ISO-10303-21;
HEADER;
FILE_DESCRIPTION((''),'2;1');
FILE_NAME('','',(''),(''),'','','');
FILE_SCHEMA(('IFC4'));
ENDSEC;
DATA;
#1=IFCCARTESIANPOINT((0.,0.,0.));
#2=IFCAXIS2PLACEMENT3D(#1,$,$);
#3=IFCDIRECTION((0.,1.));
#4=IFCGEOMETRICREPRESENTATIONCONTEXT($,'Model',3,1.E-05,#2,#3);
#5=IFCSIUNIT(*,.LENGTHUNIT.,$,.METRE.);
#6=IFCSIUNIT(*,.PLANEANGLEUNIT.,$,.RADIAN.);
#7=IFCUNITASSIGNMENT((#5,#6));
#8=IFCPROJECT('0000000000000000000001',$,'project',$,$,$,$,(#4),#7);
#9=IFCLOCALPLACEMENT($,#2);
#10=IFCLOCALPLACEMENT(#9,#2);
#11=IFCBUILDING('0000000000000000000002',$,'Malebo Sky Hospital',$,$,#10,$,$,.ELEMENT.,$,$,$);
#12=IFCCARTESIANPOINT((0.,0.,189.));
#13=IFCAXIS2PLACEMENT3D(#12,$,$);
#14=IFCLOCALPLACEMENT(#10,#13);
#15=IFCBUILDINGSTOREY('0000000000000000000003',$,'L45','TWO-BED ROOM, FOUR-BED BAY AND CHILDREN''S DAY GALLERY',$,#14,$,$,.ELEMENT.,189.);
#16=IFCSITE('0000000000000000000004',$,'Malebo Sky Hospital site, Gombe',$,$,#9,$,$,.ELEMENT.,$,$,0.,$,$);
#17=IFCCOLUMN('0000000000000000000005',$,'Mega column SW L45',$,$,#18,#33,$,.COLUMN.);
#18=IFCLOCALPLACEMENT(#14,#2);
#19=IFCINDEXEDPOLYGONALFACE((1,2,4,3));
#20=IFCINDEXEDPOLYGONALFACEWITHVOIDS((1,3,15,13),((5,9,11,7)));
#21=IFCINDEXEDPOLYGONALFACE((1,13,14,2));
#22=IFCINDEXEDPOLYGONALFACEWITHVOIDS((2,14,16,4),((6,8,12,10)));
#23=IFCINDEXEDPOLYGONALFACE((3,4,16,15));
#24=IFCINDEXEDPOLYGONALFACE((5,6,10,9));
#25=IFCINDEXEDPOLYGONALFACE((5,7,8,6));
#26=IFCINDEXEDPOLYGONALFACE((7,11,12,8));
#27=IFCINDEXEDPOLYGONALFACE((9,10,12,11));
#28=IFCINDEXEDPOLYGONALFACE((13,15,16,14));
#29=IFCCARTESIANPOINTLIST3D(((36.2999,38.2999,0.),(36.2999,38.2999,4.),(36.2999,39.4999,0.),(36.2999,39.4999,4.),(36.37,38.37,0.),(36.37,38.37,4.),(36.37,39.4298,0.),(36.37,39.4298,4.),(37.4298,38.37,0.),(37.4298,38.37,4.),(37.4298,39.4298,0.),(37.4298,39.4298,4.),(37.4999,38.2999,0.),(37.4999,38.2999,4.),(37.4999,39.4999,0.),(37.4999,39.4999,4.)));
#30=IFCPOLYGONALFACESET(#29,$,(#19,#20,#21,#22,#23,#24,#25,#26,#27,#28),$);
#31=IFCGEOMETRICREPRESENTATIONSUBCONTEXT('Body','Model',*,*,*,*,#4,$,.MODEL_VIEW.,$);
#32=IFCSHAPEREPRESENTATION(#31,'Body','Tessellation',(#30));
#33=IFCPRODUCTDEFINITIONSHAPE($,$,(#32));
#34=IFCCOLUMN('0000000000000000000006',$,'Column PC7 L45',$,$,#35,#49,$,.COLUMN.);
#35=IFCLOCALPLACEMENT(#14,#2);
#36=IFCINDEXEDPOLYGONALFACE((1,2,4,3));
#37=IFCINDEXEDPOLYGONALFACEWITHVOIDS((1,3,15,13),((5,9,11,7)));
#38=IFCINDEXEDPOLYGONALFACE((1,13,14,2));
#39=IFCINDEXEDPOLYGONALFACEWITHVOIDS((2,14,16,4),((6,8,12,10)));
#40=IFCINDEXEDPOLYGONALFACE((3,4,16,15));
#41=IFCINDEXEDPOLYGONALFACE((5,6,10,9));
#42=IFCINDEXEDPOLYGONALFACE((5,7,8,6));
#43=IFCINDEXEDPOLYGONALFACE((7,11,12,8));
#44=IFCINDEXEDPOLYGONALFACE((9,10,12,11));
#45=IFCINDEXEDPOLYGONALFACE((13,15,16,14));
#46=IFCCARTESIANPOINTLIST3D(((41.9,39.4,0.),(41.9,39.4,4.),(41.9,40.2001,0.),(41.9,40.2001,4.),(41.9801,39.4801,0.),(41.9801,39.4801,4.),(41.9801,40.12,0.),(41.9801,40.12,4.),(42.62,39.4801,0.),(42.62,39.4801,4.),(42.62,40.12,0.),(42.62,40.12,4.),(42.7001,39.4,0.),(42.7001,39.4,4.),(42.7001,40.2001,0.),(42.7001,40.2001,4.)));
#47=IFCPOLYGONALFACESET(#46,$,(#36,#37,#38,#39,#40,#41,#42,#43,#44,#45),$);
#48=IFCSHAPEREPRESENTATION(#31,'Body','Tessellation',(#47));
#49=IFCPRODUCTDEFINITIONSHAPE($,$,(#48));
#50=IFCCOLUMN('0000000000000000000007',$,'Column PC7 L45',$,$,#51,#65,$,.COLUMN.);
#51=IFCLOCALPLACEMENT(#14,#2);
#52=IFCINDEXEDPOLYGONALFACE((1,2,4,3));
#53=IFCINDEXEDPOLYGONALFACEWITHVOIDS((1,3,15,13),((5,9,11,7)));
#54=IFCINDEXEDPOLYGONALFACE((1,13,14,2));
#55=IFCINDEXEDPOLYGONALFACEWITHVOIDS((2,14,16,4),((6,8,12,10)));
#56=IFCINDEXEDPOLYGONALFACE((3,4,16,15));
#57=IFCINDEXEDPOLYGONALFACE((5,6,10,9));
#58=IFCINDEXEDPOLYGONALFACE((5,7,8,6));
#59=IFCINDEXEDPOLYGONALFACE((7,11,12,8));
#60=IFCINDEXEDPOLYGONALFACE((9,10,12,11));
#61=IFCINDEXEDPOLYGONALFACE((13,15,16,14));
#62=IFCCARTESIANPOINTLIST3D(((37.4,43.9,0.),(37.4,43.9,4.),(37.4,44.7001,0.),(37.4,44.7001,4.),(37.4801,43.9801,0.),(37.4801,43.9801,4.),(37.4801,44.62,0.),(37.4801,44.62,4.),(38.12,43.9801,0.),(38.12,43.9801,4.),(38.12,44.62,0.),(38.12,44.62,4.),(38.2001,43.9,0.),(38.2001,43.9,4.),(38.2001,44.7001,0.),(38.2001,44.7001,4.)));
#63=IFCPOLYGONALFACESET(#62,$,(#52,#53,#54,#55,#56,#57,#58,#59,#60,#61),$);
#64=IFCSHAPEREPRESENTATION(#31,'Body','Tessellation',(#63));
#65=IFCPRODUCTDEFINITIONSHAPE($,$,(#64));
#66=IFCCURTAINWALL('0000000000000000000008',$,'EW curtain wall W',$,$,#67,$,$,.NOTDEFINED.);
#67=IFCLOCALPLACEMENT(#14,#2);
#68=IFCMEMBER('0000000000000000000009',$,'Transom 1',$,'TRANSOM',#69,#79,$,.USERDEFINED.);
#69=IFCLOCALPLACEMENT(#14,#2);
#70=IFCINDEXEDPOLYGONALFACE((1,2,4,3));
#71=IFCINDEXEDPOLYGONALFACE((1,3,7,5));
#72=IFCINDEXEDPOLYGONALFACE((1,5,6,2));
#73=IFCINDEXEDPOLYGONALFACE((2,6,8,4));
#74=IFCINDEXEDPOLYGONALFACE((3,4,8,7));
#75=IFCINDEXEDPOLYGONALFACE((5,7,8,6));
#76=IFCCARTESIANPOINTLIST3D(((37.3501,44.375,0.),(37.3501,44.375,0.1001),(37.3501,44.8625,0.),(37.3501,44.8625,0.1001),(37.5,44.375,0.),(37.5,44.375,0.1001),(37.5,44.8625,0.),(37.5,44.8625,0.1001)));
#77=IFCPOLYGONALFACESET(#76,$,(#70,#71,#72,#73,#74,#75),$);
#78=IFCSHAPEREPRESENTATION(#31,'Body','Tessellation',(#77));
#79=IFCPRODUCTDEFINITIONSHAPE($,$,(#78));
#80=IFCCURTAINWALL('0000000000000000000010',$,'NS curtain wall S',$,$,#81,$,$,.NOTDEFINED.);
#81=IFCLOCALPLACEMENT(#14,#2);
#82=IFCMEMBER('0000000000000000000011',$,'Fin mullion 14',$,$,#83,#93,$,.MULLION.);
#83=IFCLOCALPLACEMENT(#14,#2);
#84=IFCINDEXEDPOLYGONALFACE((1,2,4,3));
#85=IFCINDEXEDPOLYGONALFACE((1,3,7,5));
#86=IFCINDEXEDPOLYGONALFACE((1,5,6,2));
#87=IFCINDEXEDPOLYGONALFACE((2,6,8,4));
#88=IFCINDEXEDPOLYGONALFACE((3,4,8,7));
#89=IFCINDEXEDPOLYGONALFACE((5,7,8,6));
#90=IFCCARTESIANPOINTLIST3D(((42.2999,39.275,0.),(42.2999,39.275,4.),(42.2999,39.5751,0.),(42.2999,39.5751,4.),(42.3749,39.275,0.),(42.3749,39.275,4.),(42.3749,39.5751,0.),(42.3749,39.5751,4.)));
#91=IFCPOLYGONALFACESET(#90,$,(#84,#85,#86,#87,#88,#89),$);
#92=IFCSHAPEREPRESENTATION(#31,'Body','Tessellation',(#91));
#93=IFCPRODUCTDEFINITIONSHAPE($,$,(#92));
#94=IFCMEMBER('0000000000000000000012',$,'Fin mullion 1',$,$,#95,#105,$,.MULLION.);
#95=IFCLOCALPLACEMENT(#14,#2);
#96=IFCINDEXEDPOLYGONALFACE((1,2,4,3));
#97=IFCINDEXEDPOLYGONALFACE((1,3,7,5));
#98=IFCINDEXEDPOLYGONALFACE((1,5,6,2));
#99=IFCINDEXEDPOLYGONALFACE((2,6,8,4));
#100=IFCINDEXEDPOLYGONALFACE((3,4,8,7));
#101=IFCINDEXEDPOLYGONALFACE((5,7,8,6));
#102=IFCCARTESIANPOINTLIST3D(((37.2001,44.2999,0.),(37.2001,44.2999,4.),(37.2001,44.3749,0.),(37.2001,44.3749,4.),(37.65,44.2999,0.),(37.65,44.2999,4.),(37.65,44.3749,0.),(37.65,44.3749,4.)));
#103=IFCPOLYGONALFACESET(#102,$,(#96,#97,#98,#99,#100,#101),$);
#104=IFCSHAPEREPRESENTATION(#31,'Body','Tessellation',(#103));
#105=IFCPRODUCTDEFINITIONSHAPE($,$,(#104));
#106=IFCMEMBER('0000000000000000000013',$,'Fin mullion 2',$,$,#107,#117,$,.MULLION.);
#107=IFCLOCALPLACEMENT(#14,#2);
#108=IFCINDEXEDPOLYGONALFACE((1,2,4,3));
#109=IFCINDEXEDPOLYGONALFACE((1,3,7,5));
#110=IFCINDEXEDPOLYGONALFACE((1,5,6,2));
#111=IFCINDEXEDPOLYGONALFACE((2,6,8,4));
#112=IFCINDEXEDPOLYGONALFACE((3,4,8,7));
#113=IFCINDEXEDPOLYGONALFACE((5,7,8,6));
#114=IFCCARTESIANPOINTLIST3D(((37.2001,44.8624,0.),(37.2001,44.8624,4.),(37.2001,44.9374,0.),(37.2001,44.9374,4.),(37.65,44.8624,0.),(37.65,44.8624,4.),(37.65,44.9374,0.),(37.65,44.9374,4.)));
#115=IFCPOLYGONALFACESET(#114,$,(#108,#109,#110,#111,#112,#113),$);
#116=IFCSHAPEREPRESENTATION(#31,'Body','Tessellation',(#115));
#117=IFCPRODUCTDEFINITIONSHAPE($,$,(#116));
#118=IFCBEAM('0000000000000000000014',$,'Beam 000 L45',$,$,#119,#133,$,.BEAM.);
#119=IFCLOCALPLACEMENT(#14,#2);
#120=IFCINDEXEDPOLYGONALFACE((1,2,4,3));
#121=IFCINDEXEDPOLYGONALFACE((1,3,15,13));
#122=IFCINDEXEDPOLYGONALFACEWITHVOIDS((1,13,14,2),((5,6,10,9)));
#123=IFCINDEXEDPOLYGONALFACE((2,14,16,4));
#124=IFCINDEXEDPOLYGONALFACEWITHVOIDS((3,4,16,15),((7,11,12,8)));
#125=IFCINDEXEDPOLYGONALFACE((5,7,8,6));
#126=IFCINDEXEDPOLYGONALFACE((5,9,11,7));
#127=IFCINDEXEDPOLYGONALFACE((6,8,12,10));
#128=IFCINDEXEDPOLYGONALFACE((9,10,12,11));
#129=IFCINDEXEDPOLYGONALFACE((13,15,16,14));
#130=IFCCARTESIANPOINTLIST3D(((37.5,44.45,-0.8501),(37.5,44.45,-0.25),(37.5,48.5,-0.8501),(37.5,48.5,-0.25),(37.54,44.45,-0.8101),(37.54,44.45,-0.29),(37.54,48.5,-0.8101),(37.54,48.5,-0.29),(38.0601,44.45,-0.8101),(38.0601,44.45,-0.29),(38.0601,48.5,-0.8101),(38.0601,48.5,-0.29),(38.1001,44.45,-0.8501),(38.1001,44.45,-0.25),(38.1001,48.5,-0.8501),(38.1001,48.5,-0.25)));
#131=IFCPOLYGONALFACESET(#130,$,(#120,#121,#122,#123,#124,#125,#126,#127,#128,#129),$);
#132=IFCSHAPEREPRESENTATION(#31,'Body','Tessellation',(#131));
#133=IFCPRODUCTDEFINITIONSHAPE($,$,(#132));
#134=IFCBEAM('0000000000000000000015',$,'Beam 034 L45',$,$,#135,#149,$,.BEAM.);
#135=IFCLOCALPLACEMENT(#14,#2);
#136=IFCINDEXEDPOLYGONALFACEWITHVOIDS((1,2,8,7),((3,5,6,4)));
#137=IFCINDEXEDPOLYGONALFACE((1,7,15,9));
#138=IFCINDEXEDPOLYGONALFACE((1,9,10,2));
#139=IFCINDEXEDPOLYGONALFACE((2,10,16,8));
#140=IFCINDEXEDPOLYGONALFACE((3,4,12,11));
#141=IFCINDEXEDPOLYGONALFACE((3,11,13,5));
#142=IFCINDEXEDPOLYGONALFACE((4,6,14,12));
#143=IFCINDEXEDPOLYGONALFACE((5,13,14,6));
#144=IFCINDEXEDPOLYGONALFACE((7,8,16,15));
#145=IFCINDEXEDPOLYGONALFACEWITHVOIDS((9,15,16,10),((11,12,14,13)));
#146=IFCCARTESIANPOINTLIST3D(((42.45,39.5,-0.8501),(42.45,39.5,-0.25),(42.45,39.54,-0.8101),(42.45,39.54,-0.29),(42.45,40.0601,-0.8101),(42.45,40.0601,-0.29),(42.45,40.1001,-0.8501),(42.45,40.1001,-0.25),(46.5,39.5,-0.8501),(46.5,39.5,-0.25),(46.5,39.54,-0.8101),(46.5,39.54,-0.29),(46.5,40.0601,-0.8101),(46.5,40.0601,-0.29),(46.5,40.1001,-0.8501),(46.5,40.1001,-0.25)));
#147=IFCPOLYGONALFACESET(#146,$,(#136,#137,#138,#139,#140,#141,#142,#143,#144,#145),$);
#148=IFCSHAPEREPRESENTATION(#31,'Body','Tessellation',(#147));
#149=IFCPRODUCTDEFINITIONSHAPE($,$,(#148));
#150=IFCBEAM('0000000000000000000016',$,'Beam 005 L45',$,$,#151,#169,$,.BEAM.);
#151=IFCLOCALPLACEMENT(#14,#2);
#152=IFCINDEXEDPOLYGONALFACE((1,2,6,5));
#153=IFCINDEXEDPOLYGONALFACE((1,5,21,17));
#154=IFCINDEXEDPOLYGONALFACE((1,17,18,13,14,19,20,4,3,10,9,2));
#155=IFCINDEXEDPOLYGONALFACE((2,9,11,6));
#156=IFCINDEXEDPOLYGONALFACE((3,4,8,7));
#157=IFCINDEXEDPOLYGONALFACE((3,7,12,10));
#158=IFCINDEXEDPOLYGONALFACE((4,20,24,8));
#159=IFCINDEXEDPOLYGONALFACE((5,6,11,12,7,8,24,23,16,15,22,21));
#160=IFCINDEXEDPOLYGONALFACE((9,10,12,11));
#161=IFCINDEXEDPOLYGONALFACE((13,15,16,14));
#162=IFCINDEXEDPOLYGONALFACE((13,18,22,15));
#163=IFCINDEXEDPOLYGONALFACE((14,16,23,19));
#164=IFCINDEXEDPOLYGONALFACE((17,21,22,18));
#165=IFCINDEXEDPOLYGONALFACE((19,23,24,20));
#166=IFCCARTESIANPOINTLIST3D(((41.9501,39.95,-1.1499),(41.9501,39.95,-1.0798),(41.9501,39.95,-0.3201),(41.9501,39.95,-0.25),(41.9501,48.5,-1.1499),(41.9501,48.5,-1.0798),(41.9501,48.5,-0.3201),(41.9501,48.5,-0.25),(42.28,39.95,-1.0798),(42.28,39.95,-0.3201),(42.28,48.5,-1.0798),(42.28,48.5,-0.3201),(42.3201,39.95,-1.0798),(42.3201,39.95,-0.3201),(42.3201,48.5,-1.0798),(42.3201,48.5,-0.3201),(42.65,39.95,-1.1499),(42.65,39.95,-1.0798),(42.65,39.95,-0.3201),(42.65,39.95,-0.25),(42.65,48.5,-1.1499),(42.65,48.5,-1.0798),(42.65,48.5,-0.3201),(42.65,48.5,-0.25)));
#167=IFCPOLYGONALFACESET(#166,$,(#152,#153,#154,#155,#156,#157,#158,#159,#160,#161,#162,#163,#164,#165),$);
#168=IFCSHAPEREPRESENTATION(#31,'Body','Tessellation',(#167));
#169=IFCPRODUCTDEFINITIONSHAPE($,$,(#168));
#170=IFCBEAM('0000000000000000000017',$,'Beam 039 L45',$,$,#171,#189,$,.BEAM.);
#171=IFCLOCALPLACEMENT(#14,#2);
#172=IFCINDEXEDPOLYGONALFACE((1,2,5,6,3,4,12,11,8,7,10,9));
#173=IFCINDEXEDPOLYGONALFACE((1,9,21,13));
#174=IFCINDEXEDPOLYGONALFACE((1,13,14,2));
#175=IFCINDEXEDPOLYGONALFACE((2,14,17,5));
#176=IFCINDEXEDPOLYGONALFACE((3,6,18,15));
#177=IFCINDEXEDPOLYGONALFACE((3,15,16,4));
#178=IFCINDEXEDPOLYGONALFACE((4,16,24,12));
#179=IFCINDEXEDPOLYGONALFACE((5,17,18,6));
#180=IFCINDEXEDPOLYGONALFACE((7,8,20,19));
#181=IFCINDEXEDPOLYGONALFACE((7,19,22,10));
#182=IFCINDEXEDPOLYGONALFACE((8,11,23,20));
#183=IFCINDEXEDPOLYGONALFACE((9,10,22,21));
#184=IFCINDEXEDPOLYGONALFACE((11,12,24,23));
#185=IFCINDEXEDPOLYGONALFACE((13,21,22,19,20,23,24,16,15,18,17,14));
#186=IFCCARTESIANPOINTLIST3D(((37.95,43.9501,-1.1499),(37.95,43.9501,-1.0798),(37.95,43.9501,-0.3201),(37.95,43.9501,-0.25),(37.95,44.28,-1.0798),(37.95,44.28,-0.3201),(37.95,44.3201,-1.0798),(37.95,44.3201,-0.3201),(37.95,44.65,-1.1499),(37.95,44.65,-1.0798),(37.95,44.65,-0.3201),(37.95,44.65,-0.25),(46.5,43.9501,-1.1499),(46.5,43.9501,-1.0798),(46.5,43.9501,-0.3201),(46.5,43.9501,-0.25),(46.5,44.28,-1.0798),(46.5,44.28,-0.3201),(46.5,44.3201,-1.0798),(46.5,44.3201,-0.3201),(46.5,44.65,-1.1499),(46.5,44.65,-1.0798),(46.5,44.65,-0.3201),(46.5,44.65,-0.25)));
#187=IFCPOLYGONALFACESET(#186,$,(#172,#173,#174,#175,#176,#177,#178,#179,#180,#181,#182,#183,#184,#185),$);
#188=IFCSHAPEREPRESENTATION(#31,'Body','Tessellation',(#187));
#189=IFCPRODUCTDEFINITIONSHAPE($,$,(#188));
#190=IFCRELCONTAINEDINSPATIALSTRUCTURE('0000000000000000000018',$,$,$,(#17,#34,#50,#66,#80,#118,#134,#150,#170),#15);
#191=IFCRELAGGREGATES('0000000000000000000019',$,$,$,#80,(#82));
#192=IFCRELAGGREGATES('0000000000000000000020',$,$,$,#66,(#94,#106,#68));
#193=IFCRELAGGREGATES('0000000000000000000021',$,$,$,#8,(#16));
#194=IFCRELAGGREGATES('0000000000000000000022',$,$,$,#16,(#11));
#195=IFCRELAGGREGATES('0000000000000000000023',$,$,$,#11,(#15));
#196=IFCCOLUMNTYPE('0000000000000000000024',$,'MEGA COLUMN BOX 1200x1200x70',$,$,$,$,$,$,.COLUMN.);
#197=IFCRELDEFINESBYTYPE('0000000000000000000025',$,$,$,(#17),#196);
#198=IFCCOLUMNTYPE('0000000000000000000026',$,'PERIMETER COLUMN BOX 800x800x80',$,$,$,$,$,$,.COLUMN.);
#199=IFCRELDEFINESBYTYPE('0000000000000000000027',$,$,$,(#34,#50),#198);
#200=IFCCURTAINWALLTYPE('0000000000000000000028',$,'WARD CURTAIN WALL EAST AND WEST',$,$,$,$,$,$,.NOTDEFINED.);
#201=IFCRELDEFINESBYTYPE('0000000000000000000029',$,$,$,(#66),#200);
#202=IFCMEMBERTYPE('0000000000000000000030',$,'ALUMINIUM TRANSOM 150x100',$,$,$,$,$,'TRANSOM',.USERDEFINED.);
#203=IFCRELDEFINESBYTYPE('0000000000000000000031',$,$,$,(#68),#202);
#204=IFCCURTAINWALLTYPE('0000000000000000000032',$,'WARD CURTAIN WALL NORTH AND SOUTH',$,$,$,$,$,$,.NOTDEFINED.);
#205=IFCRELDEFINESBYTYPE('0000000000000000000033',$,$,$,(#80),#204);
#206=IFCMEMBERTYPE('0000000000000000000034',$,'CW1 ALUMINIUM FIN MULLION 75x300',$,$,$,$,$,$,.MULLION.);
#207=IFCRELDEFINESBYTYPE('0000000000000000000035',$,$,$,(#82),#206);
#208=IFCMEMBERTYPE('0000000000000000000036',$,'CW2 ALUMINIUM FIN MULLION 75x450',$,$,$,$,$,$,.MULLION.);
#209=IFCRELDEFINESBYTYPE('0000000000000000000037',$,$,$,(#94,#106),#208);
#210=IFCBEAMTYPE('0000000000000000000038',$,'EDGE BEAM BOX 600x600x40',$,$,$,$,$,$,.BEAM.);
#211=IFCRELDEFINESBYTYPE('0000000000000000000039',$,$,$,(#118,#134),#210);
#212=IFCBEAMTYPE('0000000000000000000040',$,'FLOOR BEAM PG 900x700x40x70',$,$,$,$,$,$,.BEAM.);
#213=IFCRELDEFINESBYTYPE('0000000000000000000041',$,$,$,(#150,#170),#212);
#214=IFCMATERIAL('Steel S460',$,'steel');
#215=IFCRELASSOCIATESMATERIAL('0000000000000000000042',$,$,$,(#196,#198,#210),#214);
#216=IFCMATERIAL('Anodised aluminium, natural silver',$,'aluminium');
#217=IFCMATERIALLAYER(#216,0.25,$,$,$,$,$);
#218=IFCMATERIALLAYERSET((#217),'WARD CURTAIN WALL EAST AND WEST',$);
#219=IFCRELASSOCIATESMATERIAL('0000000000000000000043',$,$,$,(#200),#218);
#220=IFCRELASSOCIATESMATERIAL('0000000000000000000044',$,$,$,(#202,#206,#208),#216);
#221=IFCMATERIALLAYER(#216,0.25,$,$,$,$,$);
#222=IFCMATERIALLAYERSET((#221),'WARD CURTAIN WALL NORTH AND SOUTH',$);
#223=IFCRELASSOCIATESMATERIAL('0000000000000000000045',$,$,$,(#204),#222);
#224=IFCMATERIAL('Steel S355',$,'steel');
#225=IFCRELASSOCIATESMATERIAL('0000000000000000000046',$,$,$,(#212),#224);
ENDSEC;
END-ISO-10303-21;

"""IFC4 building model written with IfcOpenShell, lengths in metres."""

from ifc_helpers import new_model, si_unit, direction, frame, origin, origin_2d, place, context, subcontext, project, spatial, rectangle, hollow_rectangle, i_section, extrude, material, layer, layer_set, material_profile, profile_set, type_object, element, aggregate, save


model = new_model("IFC4")

# Units and contexts
model_context = context("Model", 3, precision=1e-05, world=origin(), true_north=direction((0.0, 1.0)))
body_context = subcontext(model_context, "Body", "Model", "MODEL_VIEW")
ifc_project = project(units=[si_unit("LENGTHUNIT", "METRE"), si_unit("PLANEANGLEUNIT", "RADIAN")], contexts=[model_context])

# Site, building, storey
site_placement = place(None, origin())
site = spatial("IfcSite", under=ifc_project, at=site_placement, Name="Malebo Sky Hospital site, Gombe", CompositionType="ELEMENT", RefElevation=0.0)
building_placement = place(site_placement, origin())
building = spatial("IfcBuilding", under=site, at=building_placement, Name="Malebo Sky Hospital", CompositionType="ELEMENT")
storey_placement = place(building_placement, frame((0.0, 0.0, 189.0)))
storey = spatial("IfcBuildingStorey", under=building, at=storey_placement, Name="L45", Description="TWO-BED ROOM, FOUR-BED BAY AND CHILDREN'S DAY GALLERY", CompositionType="ELEMENT", Elevation=189.0)

# Columns
ifc_material_1 = material(Name="Steel S460", Category="steel")
ifc_material_profile_1 = material_profile(ifc_material_1, hollow_rectangle(XDim=1.2, YDim=1.2, WallThickness=0.0701, at=origin_2d()), Name="BOX 1200x1200x70")
ifc_profile_set_1 = profile_set([ifc_material_profile_1], Name="Steel S460")
column_type_1 = type_object("IfcColumnType", Name="MEGA COLUMN BOX 1200x1200x70", PredefinedType="COLUMN", material=ifc_profile_set_1)
column_placement = place(storey_placement, frame((36.8999, 38.8999, 0.0), z_axis=(0.0, 0.0, 1.0), x_axis=(1.0, 0.0, 0.0)))
element("IfcColumn", 1, at=column_placement, inside=storey, type_object=column_type_1, Name="Mega column SW L45", PredefinedType="COLUMN", context=body_context, shape_type="SweptSolid", body=[
    extrude(hollow_rectangle(XDim=1.2, YDim=1.2, WallThickness=0.0701, at=origin_2d()), origin(), (0.0, 0.0, 1.0), 4.0),
])
ifc_material_profile_2 = material_profile(ifc_material_1, hollow_rectangle(XDim=0.8, YDim=0.8, WallThickness=0.0801, at=origin_2d()), Name="BOX 800x800x80")
ifc_profile_set_2 = profile_set([ifc_material_profile_2], Name="Steel S460")
column_type_2 = type_object("IfcColumnType", Name="PERIMETER COLUMN BOX 800x800x80", PredefinedType="COLUMN", material=ifc_profile_set_2)
for number, where, z_axis, x_axis, name in (
    (2, (42.3, 39.8, 0.0), (0.0, 0.0, 1.0), (1.0, 0.0, 0.0), "Column PC7 L45"),
    (3, (37.8, 44.3, 0.0), (0.0, 0.0, 1.0), (1.0, 0.0, 0.0), "Column PC7 L45"),
):
    element("IfcColumn", number, at=place(storey_placement, frame(where, z_axis=z_axis, x_axis=x_axis)), inside=storey, type_object=column_type_2, Name=name, PredefinedType="COLUMN", context=body_context, shape_type="SweptSolid", body=[
        extrude(hollow_rectangle(XDim=0.8, YDim=0.8, WallThickness=0.0801, at=origin_2d()), origin(), (0.0, 0.0, 1.0), 4.0),
    ])

# Curtain walls, members
ifc_material_2 = material(Name="Anodised aluminium, natural silver", Category="aluminium")
ifc_layer_1 = layer(ifc_material_2, 0.25)
ifc_layer_set_1 = layer_set([ifc_layer_1], Name="WARD CURTAIN WALL EAST AND WEST")
curtain_wall_type_1 = type_object("IfcCurtainWallType", Name="WARD CURTAIN WALL EAST AND WEST", PredefinedType="NOTDEFINED", material=ifc_layer_set_1)
curtain_wall_1_placement = place(storey_placement, origin())
curtain_wall_1 = element("IfcCurtainWall", 4, at=curtain_wall_1_placement, inside=storey, type_object=curtain_wall_type_1, Name="EW curtain wall W", PredefinedType="NOTDEFINED")
ifc_material_profile_3 = material_profile(ifc_material_2, rectangle(XDim=0.1499, YDim=0.1001, at=origin_2d()), Name="ALUMINIUM TRANSOM 150x100")
ifc_profile_set_3 = profile_set([ifc_material_profile_3], Name="Anodised aluminium, natural silver")
member_type_1 = type_object("IfcMemberType", Name="ALUMINIUM TRANSOM 150x100", ElementType="TRANSOM", PredefinedType="USERDEFINED", material=ifc_profile_set_3)
member_1_placement = place(storey_placement, frame((37.425, 44.375, 0.05), z_axis=(0.0, 1.0, 0.0), x_axis=(-1.0, 0.0, 0.0)))
member_1 = element("IfcMember", 5, at=member_1_placement, type_object=member_type_1, Name="Transom 1", ObjectType="TRANSOM", PredefinedType="USERDEFINED", context=body_context, shape_type="SweptSolid", body=[
    extrude(rectangle(XDim=0.1499, YDim=0.1001, at=origin_2d()), origin(), (0.0, 0.0, 1.0), 0.4875),
])
ifc_layer_2 = layer(ifc_material_2, 0.25)
ifc_layer_set_2 = layer_set([ifc_layer_2], Name="WARD CURTAIN WALL NORTH AND SOUTH")
curtain_wall_type_2 = type_object("IfcCurtainWallType", Name="WARD CURTAIN WALL NORTH AND SOUTH", PredefinedType="NOTDEFINED", material=ifc_layer_set_2)
curtain_wall_2_placement = place(storey_placement, origin())
curtain_wall_2 = element("IfcCurtainWall", 6, at=curtain_wall_2_placement, inside=storey, type_object=curtain_wall_type_2, Name="NS curtain wall S", PredefinedType="NOTDEFINED")
ifc_material_profile_4 = material_profile(ifc_material_2, rectangle(XDim=0.075, YDim=0.3, at=origin_2d()), Name="CW1 ALUMINIUM FIN MULLION 75x300")
ifc_profile_set_4 = profile_set([ifc_material_profile_4], Name="Anodised aluminium, natural silver")
member_type_2 = type_object("IfcMemberType", Name="CW1 ALUMINIUM FIN MULLION 75x300", PredefinedType="MULLION", material=ifc_profile_set_4)
member_2_placement = place(storey_placement, frame((42.3374, 39.425, 0.0), z_axis=(0.0, 0.0, 1.0), x_axis=(-1.0, 0.0, 0.0)))
member_2 = element("IfcMember", 7, at=member_2_placement, type_object=member_type_2, Name="Fin mullion 14", PredefinedType="MULLION", context=body_context, shape_type="SweptSolid", body=[
    extrude(rectangle(XDim=0.075, YDim=0.3, at=origin_2d()), origin(), (0.0, 0.0, 1.0), 4.0),
])
aggregate(curtain_wall_2, [member_2])

# Members
ifc_material_profile_5 = material_profile(ifc_material_2, rectangle(XDim=0.075, YDim=0.45, at=origin_2d()), Name="CW2 ALUMINIUM FIN MULLION 75x450")
ifc_profile_set_5 = profile_set([ifc_material_profile_5], Name="Anodised aluminium, natural silver")
member_type_3 = type_object("IfcMemberType", Name="CW2 ALUMINIUM FIN MULLION 75x450", PredefinedType="MULLION", material=ifc_profile_set_5)
member_3_placement = place(storey_placement, frame((37.425, 44.3374, 0.0), z_axis=(0.0, 0.0, 1.0), x_axis=(0.0, 1.0, 0.0)))
member_3 = element("IfcMember", 8, at=member_3_placement, type_object=member_type_3, Name="Fin mullion 1", PredefinedType="MULLION", context=body_context, shape_type="SweptSolid", body=[
    extrude(rectangle(XDim=0.075, YDim=0.45, at=origin_2d()), origin(), (0.0, 0.0, 1.0), 4.0),
])
member_4_placement = place(storey_placement, frame((37.425, 44.8999, 0.0), z_axis=(0.0, 0.0, 1.0), x_axis=(0.0, 1.0, 0.0)))
member_4 = element("IfcMember", 9, at=member_4_placement, type_object=member_type_3, Name="Fin mullion 2", PredefinedType="MULLION", context=body_context, shape_type="SweptSolid", body=[
    extrude(rectangle(XDim=0.075, YDim=0.45, at=origin_2d()), origin(), (0.0, 0.0, 1.0), 4.0),
])

# Beams
ifc_material_profile_6 = material_profile(ifc_material_1, hollow_rectangle(XDim=0.6001, YDim=0.6001, WallThickness=0.04, at=origin_2d()), Name="BOX 600x600x40")
ifc_profile_set_6 = profile_set([ifc_material_profile_6], Name="Steel S460")
beam_type_1 = type_object("IfcBeamType", Name="EDGE BEAM BOX 600x600x40", PredefinedType="BEAM", material=ifc_profile_set_6)
for number, where, z_axis, x_axis, name in (
    (10, (37.8, 44.45, -0.55), (0.0, 1.0, 0.0), (-1.0, 0.0, 0.0), "Beam 000 L45"),
    (11, (42.45, 39.8, -0.55), (1.0, 0.0, 0.0), (0.0, 1.0, 0.0), "Beam 034 L45"),
):
    element("IfcBeam", number, at=place(storey_placement, frame(where, z_axis=z_axis, x_axis=x_axis)), inside=storey, type_object=beam_type_1, Name=name, PredefinedType="BEAM", context=body_context, shape_type="SweptSolid", body=[
        extrude(hollow_rectangle(XDim=0.6001, YDim=0.6001, WallThickness=0.04, at=origin_2d()), origin(), (0.0, 0.0, 1.0), 4.05),
    ])
ifc_material_3 = material(Name="Steel S355", Category="steel")
ifc_material_profile_7 = material_profile(ifc_material_3, i_section(OverallWidth=0.7, OverallDepth=0.8999, WebThickness=0.04, FlangeThickness=0.0701, at=origin_2d()), Name="PG 900x700x40x70")
ifc_profile_set_7 = profile_set([ifc_material_profile_7], Name="Steel S355")
beam_type_2 = type_object("IfcBeamType", Name="FLOOR BEAM PG 900x700x40x70", PredefinedType="BEAM", material=ifc_profile_set_7)
for number, where, z_axis, x_axis, name in (
    (12, (42.3, 39.95, -0.7), (0.0, 1.0, 0.0), (-1.0, 0.0, 0.0), "Beam 005 L45"),
    (13, (37.95, 44.3, -0.7), (1.0, 0.0, 0.0), (0.0, 1.0, 0.0), "Beam 039 L45"),
):
    element("IfcBeam", number, at=place(storey_placement, frame(where, z_axis=z_axis, x_axis=x_axis)), inside=storey, type_object=beam_type_2, Name=name, PredefinedType="BEAM", context=body_context, shape_type="SweptSolid", body=[
        extrude(i_section(OverallWidth=0.7, OverallDepth=0.8999, WebThickness=0.04, FlangeThickness=0.0701, at=origin_2d()), origin(), (0.0, 0.0, 1.0), 8.55),
    ])

aggregate(curtain_wall_1, [member_3, member_4, member_1])

save(model, "model.ifc")
